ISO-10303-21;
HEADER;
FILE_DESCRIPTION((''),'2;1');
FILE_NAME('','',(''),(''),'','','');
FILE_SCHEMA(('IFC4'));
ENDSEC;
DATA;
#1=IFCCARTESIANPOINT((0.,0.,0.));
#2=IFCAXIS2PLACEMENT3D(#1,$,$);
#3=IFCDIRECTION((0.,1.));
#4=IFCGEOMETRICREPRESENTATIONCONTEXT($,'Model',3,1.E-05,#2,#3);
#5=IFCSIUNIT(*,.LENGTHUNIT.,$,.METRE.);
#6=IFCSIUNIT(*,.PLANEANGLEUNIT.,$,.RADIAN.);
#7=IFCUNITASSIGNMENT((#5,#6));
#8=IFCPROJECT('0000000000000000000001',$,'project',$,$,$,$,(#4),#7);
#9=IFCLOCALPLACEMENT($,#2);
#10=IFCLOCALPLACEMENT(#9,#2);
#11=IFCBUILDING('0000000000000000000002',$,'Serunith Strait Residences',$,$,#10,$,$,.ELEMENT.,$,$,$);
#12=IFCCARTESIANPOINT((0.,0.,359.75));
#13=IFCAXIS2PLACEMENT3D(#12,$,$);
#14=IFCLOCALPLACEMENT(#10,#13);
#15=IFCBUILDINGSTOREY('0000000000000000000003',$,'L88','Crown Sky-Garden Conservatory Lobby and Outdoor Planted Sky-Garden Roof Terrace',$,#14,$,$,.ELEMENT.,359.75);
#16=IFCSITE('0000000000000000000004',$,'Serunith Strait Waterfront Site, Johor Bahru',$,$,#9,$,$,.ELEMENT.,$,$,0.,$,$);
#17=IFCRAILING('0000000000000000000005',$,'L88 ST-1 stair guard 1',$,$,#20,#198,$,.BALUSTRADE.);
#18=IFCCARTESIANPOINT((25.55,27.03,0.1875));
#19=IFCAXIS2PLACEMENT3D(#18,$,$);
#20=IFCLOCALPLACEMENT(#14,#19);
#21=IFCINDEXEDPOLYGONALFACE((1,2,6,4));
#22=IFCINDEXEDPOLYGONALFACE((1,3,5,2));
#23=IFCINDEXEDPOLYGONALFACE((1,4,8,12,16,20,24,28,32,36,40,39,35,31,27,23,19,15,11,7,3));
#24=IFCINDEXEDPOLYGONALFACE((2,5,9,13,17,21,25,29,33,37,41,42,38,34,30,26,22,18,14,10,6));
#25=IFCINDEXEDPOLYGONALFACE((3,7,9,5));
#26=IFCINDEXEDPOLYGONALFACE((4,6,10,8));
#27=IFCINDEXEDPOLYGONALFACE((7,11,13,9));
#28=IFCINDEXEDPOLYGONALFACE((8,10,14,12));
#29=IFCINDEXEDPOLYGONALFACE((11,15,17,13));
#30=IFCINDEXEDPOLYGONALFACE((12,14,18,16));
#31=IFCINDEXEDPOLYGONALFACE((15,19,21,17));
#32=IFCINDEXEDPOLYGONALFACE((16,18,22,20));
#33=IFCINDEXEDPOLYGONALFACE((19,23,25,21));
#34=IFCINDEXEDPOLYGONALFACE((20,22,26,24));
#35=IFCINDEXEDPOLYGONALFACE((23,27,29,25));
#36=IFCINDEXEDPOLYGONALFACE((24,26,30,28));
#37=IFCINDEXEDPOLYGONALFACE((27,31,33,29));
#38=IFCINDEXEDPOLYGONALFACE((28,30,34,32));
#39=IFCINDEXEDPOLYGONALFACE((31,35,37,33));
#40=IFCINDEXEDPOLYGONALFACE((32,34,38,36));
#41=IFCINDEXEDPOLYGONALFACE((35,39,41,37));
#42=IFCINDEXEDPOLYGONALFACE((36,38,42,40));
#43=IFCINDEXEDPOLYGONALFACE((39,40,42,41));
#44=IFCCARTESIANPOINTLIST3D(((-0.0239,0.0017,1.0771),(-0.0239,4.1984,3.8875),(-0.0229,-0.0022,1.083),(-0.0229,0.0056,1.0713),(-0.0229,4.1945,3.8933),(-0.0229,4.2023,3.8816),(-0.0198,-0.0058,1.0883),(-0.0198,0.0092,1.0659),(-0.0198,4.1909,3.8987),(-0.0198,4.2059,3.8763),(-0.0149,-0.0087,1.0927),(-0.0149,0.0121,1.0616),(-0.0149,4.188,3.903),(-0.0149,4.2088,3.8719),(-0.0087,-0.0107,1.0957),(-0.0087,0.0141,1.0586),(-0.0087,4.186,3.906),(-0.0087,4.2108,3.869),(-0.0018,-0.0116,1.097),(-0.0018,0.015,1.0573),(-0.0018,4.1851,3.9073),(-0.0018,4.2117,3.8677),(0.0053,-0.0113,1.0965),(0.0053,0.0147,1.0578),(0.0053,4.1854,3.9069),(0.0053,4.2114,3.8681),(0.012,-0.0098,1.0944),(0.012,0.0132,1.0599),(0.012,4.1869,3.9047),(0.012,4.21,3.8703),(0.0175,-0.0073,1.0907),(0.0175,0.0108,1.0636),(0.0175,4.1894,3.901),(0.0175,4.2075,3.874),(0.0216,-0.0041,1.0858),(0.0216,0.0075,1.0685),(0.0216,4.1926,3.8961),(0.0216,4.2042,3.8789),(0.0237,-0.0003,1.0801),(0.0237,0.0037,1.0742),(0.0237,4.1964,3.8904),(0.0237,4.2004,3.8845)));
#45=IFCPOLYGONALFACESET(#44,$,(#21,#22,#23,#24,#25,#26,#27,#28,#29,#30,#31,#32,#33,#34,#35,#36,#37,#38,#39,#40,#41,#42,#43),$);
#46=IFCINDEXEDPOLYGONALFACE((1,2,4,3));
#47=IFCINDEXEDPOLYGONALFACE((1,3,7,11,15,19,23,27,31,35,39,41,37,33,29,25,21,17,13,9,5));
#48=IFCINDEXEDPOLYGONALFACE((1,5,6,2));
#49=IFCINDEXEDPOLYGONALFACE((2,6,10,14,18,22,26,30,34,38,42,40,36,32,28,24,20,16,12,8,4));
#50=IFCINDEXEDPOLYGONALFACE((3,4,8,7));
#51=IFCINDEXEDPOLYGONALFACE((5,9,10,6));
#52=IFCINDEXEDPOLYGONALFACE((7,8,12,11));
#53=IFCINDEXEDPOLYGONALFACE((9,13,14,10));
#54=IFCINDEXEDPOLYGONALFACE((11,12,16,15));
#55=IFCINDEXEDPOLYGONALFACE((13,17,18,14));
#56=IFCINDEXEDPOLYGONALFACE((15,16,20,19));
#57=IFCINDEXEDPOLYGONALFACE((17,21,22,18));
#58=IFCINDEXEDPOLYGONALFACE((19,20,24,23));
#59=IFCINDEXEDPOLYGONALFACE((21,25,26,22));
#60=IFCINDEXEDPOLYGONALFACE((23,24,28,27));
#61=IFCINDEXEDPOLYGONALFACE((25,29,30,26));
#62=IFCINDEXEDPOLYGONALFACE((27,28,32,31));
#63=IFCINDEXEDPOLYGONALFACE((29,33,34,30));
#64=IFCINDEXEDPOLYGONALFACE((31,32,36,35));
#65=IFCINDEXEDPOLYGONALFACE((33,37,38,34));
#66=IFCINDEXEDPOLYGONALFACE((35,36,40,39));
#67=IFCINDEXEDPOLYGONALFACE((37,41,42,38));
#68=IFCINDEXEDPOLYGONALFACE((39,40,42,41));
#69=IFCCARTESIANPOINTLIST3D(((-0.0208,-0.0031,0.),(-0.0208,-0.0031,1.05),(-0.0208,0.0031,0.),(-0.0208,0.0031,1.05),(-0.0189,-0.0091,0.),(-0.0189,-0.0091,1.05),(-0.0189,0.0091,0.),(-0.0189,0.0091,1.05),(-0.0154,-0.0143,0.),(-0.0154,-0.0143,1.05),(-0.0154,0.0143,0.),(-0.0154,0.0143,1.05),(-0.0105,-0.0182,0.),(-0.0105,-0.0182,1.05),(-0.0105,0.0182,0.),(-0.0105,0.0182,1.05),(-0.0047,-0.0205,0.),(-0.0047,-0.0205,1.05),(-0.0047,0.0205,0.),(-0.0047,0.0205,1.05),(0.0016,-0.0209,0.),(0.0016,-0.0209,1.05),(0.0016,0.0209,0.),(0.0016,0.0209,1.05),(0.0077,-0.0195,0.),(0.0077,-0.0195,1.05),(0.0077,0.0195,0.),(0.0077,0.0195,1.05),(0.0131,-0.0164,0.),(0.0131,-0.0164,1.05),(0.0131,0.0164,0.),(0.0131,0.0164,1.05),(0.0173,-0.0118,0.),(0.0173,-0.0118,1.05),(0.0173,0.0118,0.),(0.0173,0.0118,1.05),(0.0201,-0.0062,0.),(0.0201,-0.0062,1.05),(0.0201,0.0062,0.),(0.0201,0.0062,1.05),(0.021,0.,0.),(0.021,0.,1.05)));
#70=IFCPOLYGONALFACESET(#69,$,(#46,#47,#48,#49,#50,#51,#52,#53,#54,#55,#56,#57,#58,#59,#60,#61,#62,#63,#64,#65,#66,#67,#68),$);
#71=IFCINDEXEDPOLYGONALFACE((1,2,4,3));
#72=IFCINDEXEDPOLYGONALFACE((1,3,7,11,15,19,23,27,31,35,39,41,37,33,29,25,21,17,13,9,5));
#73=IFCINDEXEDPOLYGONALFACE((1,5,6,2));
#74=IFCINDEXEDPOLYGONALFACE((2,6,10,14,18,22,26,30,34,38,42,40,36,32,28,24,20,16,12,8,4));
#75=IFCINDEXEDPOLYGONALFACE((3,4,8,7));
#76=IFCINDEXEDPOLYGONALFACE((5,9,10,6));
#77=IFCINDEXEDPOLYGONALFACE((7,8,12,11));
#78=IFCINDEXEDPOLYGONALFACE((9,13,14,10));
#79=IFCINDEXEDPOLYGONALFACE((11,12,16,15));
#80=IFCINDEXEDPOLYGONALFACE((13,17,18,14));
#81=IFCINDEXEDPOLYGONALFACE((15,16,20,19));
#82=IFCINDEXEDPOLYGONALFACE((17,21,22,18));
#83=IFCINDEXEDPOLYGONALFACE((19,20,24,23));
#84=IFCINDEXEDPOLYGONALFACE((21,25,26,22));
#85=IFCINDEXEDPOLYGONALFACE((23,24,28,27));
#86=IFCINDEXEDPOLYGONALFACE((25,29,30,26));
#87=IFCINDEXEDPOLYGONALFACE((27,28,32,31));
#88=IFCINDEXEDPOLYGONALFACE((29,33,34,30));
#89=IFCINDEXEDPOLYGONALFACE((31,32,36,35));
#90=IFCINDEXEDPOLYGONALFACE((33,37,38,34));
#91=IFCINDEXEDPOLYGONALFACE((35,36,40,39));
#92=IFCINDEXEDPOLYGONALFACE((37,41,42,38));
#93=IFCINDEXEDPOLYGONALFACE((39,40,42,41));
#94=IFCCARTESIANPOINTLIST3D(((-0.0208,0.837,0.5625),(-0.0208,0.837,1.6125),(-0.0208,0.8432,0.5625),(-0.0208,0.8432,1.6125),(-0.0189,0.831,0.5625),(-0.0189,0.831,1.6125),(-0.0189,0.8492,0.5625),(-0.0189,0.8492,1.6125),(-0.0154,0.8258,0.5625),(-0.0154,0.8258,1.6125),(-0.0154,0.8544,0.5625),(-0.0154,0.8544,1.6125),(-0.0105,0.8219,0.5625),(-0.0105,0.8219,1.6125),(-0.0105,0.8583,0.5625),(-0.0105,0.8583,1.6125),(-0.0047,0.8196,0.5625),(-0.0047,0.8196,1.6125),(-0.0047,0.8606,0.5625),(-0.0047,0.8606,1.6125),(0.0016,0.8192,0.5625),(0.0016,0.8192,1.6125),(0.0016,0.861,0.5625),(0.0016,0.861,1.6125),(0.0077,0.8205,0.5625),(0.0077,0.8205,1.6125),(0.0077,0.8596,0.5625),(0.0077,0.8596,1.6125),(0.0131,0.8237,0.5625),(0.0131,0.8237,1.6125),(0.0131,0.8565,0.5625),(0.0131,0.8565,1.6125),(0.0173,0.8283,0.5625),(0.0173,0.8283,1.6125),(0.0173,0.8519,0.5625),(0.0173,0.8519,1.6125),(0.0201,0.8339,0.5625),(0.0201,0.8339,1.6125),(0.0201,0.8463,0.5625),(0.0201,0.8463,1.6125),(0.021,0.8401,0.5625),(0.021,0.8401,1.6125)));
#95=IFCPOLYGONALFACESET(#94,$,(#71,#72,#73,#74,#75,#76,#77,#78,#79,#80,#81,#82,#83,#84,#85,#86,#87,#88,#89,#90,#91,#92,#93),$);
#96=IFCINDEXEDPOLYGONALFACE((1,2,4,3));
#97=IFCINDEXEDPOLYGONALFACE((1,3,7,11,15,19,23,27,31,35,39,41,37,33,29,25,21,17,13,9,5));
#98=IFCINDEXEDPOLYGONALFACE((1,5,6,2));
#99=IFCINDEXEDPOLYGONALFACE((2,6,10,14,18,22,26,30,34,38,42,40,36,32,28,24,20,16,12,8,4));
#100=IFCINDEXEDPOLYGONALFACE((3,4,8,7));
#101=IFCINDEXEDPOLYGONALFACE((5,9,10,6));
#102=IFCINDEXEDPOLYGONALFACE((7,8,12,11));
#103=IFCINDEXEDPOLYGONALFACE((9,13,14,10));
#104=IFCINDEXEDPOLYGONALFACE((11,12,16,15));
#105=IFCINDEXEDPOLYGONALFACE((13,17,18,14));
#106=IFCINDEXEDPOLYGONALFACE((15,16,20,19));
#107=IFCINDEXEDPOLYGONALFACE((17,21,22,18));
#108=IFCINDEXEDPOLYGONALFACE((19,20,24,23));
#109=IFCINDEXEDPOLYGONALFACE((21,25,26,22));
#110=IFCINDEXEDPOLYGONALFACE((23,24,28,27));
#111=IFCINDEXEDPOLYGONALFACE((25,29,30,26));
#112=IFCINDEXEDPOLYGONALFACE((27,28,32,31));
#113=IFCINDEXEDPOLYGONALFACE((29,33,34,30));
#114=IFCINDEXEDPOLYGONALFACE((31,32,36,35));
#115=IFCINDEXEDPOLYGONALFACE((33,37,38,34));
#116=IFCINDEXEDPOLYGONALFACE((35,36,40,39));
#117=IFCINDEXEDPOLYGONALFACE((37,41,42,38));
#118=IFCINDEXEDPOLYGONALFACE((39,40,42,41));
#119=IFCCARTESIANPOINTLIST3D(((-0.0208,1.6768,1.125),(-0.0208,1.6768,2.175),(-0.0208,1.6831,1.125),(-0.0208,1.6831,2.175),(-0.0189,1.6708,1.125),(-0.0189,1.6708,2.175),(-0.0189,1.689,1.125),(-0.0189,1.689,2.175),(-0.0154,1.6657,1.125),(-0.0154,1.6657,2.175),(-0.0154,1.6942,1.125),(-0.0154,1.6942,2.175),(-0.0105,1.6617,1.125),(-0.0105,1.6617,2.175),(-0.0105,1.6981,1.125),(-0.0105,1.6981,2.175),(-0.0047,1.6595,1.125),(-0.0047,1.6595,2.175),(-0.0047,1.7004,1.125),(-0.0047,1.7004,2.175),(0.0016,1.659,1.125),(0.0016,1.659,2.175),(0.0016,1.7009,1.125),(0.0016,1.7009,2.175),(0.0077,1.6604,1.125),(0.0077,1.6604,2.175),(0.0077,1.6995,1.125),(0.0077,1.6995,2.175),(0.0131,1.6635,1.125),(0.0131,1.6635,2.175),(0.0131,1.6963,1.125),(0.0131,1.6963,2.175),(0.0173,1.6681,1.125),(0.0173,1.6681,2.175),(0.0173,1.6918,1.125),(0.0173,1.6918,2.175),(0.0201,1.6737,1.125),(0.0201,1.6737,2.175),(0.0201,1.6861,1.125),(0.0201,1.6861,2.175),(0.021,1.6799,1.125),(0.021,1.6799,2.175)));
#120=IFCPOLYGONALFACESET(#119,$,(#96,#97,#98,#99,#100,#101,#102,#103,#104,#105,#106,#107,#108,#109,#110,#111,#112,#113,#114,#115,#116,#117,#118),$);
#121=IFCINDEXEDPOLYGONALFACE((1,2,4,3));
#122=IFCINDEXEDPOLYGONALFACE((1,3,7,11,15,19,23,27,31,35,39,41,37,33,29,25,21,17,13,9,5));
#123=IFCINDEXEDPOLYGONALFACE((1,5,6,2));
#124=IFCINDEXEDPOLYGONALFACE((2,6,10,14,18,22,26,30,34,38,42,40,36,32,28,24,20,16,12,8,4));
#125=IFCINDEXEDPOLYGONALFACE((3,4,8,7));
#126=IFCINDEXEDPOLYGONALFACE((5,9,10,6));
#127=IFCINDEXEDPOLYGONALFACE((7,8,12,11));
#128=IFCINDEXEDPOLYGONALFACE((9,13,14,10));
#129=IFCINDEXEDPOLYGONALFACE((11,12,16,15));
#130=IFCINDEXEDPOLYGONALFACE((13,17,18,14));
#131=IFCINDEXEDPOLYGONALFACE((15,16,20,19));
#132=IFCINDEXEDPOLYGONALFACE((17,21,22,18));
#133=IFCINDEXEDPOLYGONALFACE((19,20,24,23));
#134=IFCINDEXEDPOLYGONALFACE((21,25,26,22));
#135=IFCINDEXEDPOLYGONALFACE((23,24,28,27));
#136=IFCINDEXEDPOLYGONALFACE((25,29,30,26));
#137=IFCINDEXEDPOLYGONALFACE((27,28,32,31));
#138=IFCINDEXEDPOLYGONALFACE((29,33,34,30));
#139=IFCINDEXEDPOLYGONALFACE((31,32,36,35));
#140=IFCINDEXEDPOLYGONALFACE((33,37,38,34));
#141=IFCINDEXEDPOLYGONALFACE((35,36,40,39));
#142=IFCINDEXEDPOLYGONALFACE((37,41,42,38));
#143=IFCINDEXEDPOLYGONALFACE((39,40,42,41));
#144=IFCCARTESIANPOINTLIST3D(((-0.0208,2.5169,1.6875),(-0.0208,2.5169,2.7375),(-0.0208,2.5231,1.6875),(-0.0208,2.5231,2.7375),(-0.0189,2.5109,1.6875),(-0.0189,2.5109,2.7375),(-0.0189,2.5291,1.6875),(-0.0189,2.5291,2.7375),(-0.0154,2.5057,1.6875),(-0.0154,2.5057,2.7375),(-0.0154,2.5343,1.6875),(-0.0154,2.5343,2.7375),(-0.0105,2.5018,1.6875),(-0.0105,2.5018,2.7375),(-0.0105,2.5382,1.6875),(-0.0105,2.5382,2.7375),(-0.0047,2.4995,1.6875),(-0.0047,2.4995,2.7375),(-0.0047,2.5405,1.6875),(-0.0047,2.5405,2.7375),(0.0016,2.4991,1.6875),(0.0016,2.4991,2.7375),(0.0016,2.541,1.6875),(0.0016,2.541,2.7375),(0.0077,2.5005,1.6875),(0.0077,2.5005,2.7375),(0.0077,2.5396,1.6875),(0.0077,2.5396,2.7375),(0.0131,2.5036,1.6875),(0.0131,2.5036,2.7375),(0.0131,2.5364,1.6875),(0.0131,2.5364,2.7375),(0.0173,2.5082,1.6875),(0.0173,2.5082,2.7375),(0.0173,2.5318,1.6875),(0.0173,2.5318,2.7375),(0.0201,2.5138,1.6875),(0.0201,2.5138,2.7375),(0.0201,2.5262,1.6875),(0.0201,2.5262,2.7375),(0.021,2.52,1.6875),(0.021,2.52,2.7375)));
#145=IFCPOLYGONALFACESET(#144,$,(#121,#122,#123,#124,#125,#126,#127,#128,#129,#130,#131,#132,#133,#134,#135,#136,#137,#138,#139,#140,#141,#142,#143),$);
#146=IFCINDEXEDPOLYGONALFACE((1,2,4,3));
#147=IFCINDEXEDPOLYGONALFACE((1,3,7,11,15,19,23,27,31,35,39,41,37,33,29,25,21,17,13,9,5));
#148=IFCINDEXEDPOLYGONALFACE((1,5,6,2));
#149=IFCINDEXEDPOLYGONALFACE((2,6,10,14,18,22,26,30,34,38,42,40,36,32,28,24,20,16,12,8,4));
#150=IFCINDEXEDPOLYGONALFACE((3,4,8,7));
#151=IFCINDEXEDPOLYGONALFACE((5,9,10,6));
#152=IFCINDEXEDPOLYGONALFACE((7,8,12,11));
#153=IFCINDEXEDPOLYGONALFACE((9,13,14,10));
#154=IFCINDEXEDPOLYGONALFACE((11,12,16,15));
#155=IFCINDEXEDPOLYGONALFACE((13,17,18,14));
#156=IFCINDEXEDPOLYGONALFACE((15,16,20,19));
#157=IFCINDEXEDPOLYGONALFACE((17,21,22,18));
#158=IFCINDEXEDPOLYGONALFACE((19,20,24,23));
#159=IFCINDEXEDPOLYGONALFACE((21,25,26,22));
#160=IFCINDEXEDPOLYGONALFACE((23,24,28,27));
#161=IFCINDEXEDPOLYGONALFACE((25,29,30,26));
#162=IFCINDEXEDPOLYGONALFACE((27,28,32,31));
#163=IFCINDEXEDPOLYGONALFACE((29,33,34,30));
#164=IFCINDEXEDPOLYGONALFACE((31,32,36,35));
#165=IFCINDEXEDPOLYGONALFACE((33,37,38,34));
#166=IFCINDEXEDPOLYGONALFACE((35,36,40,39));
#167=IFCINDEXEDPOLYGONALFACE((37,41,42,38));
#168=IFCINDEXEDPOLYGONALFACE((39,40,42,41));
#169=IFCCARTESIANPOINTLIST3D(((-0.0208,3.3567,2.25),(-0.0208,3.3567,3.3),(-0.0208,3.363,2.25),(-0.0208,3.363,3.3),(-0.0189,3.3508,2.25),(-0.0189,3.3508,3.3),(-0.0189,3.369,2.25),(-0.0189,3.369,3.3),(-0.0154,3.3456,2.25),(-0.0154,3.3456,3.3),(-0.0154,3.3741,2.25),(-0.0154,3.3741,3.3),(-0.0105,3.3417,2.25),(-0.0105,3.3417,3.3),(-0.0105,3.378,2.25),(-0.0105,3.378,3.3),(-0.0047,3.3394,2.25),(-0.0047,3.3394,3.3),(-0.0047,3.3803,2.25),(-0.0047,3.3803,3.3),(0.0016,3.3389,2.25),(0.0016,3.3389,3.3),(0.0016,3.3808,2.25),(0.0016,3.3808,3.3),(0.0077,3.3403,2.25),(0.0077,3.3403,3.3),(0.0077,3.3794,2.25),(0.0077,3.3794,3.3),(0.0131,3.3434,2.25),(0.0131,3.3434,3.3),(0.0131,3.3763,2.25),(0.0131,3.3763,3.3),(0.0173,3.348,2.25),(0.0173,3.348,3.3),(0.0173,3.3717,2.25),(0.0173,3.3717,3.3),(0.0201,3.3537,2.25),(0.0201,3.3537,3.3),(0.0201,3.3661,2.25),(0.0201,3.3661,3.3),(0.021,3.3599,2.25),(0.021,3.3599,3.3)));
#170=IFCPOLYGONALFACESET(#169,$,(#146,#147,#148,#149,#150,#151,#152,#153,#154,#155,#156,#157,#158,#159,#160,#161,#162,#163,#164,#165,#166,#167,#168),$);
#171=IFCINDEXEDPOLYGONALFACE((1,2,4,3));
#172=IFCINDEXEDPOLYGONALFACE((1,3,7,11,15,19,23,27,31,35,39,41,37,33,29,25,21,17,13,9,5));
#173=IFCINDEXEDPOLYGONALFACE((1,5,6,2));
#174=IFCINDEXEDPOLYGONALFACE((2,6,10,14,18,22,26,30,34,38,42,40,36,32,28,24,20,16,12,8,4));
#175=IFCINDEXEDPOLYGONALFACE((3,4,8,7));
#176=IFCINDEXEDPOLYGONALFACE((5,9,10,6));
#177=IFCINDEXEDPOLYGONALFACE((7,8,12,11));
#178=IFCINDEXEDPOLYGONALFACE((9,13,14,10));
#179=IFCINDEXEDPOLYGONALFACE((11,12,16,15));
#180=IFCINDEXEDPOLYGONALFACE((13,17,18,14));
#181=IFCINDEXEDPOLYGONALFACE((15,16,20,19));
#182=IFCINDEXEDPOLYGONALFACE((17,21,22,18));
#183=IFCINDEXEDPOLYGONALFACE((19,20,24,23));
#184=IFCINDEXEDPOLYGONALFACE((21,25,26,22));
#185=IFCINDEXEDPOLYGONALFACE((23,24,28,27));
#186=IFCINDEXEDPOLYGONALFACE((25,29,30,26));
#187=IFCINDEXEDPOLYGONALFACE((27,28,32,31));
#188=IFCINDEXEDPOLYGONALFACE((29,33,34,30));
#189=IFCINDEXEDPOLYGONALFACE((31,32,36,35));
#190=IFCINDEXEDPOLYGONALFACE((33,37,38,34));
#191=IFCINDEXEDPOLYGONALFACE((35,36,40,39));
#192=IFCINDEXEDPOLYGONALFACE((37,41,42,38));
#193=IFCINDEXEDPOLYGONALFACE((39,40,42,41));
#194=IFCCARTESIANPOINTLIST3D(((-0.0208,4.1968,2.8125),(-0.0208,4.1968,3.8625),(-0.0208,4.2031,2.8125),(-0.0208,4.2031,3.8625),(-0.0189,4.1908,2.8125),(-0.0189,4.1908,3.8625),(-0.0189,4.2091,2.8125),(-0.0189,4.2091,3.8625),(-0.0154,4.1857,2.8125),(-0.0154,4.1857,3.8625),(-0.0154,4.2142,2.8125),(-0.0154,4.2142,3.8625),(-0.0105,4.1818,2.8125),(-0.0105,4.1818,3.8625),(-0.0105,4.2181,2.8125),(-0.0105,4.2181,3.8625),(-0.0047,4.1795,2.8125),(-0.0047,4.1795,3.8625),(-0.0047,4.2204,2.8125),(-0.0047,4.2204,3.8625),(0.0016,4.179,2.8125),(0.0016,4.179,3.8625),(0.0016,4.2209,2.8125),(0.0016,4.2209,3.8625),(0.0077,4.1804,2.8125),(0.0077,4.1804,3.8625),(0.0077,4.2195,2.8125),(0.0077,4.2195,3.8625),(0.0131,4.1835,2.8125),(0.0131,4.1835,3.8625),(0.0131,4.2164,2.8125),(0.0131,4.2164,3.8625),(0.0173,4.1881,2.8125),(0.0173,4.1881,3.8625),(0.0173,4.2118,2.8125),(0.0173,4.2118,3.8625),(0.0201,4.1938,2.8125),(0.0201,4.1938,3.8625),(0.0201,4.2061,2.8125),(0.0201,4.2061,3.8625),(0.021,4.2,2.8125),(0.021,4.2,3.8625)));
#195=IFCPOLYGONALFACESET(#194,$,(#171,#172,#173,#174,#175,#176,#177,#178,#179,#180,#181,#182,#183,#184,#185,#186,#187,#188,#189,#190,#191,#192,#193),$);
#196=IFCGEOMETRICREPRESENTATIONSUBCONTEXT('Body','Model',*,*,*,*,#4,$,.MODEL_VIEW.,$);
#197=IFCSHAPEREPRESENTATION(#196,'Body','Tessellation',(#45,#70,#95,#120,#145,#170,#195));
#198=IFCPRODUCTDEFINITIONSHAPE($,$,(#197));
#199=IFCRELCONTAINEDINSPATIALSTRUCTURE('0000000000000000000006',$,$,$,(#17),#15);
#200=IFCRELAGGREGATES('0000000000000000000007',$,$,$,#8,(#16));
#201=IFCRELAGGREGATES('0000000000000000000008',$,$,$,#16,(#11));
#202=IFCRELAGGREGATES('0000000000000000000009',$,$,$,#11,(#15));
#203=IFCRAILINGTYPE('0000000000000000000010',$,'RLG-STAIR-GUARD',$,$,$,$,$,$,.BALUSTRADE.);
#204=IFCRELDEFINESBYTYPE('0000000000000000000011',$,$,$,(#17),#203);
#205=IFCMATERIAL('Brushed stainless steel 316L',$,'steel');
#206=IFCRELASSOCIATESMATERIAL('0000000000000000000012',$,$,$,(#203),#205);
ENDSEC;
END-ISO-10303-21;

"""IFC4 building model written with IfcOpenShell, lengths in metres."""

from ifc_helpers import new_model, si_unit, direction, frame, origin, origin_2d, place, context, subcontext, project, spatial, circle, extrude, material, type_object, element, save


model = new_model("IFC4")

# Units and contexts
model_context = context("Model", 3, precision=1e-05, world=origin(), true_north=direction((0.0, 1.0)))
body_context = subcontext(model_context, "Body", "Model", "MODEL_VIEW")
ifc_project = project(units=[si_unit("LENGTHUNIT", "METRE"), si_unit("PLANEANGLEUNIT", "RADIAN")], contexts=[model_context])

# Site, building, storey
site_placement = place(None, origin())
site = spatial("IfcSite", under=ifc_project, at=site_placement, Name="Serunith Strait Waterfront Site, Johor Bahru", CompositionType="ELEMENT", RefElevation=0.0)
building_placement = place(site_placement, origin())
building = spatial("IfcBuilding", under=site, at=building_placement, Name="Serunith Strait Residences", CompositionType="ELEMENT")
storey_placement = place(building_placement, frame((0.0, 0.0, 359.75)))
storey = spatial("IfcBuildingStorey", under=building, at=storey_placement, Name="L88", Description="Crown Sky-Garden Conservatory Lobby and Outdoor Planted Sky-Garden Roof Terrace", CompositionType="ELEMENT", Elevation=359.75)

# Railing
ifc_material_1 = material(Name="Brushed stainless steel 316L", Category="steel")
railing_type_1 = type_object("IfcRailingType", Name="RLG-STAIR-GUARD", PredefinedType="BALUSTRADE", material=ifc_material_1)
railing_1_placement = place(storey_placement, frame((25.55, 27.03, 0.1875)))
element("IfcRailing", 1, at=railing_1_placement, inside=storey, type_object=railing_type_1, Name="L88 ST-1 stair guard 1", PredefinedType="BALUSTRADE", context=body_context, shape_type="SweptSolid", body=[
    extrude(circle(Radius=0.0239, at=origin_2d()), frame((0.0, 0.0017, 1.0771), z_axis=(0.0, 0.830904, 0.556416), x_axis=(-1.0, 0.0, 0.0)), (0.0, 0.0, 1.0), 5.0508),
    extrude(circle(Radius=0.021, at=origin_2d()), origin(), (0.0, 0.0, 1.0), 1.05),
    extrude(circle(Radius=0.021, at=origin_2d()), frame((0.0, 0.8401, 0.5625)), (0.0, 0.0, 1.0), 1.05),
    extrude(circle(Radius=0.021, at=origin_2d()), frame((0.0, 1.6799, 1.125)), (0.0, 0.0, 1.0), 1.05),
    extrude(circle(Radius=0.021, at=origin_2d()), frame((0.0, 2.52, 1.6875)), (0.0, 0.0, 1.0), 1.05),
    extrude(circle(Radius=0.021, at=origin_2d()), frame((0.0, 3.3599, 2.25)), (0.0, 0.0, 1.0), 1.05),
    extrude(circle(Radius=0.021, at=origin_2d()), frame((0.0, 4.2, 2.8125)), (0.0, 0.0, 1.0), 1.05),
])

save(model, "model.ifc")
